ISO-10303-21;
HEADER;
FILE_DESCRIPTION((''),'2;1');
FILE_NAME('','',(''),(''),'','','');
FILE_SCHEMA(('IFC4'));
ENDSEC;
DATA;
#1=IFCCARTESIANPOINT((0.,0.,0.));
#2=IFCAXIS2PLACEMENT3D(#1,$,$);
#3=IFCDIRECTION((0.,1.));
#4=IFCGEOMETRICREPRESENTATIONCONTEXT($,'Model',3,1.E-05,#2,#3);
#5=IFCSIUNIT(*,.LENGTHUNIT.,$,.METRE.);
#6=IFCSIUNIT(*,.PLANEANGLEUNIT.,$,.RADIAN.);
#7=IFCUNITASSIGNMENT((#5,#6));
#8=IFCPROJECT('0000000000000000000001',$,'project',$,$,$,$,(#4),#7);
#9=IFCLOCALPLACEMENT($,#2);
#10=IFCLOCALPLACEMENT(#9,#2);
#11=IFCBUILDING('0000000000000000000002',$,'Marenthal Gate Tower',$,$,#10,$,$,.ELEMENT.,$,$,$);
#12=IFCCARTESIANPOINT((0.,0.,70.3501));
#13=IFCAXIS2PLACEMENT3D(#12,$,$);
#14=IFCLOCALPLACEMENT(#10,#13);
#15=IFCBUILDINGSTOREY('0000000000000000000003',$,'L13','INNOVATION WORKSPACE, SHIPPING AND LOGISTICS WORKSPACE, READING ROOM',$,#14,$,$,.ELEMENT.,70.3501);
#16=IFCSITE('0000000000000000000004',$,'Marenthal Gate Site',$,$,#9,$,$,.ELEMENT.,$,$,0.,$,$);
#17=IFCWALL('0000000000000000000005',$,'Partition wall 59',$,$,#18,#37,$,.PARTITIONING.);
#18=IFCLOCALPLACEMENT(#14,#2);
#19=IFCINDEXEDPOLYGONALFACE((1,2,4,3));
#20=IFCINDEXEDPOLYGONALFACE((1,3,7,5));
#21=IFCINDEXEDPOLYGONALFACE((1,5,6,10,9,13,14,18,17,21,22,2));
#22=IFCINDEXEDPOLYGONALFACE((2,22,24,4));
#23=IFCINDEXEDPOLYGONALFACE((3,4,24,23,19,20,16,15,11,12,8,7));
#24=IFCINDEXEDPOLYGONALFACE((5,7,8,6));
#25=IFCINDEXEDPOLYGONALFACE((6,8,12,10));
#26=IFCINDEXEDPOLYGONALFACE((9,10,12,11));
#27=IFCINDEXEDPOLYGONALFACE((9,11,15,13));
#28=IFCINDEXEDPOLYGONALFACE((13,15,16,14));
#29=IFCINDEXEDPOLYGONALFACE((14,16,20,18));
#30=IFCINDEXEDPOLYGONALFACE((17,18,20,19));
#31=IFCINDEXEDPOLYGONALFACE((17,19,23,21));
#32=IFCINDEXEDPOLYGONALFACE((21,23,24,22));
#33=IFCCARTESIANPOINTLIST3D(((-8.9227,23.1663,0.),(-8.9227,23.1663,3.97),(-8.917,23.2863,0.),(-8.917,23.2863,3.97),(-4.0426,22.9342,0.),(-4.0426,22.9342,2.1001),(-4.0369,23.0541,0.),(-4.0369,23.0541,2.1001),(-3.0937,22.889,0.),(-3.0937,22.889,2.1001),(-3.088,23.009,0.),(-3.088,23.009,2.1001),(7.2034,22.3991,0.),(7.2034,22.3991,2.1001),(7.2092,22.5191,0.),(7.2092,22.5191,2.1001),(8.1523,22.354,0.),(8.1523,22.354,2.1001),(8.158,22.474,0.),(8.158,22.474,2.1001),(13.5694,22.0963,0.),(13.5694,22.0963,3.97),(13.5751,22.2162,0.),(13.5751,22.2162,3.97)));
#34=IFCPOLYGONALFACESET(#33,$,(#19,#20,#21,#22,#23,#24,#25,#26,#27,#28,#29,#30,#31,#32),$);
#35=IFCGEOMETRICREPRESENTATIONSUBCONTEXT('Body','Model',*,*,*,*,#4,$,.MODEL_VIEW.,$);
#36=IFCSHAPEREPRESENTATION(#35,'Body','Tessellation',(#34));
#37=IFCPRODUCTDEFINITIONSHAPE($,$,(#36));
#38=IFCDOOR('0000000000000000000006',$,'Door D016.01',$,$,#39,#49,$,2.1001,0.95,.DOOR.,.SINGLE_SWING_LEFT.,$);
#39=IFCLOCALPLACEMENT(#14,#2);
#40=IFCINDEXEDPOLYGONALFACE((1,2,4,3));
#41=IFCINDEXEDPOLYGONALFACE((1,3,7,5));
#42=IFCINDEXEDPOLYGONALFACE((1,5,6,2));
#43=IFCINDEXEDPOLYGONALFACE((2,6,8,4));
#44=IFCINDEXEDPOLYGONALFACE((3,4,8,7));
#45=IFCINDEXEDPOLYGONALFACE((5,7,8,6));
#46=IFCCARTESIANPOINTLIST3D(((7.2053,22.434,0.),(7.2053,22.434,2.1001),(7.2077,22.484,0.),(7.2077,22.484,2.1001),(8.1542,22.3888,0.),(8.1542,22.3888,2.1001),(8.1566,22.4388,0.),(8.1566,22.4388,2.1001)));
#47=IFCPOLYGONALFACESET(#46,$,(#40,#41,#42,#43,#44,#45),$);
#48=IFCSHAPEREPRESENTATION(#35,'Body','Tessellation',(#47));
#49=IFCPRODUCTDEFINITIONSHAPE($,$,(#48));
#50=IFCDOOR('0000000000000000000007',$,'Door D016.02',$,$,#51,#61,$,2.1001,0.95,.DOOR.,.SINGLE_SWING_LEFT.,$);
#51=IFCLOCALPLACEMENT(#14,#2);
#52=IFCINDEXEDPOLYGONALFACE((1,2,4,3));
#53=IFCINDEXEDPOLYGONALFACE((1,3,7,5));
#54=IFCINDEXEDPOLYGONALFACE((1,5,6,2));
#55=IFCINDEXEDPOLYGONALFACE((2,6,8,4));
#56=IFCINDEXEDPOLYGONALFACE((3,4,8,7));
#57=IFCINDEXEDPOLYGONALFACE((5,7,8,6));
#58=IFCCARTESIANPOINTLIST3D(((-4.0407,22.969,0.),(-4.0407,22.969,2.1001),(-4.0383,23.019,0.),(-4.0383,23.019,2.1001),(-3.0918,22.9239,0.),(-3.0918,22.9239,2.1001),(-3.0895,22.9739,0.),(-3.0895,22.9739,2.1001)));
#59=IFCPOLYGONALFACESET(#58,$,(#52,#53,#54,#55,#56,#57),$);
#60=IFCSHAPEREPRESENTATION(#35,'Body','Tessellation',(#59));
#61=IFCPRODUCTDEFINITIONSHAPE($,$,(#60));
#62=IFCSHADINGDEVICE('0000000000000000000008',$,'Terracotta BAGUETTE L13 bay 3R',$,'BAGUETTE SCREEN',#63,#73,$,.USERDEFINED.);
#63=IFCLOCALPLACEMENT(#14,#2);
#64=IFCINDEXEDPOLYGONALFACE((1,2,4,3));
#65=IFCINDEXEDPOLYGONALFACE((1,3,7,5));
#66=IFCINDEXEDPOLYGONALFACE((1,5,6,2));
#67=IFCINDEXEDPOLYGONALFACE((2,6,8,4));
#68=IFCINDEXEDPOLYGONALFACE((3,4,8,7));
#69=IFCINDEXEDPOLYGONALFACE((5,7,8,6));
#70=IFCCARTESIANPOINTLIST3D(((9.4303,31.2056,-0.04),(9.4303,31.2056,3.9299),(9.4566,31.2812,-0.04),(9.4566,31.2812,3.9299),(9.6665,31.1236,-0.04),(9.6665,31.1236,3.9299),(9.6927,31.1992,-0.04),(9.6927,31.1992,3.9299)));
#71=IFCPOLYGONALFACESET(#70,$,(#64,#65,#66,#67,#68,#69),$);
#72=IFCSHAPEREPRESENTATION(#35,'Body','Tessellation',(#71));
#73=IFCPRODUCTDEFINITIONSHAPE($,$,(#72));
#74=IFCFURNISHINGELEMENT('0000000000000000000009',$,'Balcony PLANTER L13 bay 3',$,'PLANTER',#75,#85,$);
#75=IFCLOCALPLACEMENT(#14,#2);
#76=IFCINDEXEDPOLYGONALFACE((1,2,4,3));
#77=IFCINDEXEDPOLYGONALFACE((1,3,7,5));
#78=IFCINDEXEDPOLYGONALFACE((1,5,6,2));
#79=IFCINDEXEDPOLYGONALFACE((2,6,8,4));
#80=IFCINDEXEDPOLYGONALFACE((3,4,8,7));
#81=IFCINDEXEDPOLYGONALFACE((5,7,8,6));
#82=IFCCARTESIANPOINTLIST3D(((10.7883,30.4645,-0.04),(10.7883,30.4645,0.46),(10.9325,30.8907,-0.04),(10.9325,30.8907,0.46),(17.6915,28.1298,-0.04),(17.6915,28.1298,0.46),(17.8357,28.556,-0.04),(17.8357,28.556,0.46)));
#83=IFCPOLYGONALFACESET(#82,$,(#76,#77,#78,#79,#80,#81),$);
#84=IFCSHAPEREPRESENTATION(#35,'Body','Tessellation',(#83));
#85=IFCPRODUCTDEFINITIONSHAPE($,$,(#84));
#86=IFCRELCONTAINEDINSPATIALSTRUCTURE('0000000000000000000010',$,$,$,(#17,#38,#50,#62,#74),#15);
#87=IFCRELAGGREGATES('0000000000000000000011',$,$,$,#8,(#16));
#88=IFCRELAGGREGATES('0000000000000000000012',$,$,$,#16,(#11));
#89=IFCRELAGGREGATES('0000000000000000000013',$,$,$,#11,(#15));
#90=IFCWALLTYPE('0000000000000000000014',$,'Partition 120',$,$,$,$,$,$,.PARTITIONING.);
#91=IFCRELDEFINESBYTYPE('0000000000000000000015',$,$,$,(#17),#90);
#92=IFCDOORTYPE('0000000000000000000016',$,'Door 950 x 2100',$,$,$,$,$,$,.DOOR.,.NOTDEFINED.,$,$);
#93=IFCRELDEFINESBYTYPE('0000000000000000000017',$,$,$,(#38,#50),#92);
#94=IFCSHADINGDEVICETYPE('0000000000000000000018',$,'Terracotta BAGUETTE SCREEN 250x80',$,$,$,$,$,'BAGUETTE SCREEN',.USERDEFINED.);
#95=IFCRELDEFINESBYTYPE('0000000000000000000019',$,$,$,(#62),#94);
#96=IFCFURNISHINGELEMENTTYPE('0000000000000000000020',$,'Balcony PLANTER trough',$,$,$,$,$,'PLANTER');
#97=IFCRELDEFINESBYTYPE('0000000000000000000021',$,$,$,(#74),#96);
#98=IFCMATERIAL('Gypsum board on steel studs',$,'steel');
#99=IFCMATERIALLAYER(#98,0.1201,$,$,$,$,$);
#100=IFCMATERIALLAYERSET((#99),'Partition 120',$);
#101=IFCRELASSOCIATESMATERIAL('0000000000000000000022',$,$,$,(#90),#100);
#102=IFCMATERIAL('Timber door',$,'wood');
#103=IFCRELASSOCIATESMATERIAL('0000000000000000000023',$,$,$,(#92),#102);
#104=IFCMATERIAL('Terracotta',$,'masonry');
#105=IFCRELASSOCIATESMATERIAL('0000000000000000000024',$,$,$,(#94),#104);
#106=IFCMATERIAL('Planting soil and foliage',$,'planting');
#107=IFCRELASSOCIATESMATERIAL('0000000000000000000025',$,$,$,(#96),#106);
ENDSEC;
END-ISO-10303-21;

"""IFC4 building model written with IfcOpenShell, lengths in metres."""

from ifc_helpers import new_model, si_unit, direction, frame, frame_2d, origin, origin_2d, place, context, subcontext, project, spatial, rectangle, extrude, material, layer, layer_set, material_profile, profile_set, type_object, element, fill, save


model = new_model("IFC4")

# Units and contexts
model_context = context("Model", 3, precision=1e-05, world=origin(), true_north=direction((0.0, 1.0)))
body_context = subcontext(model_context, "Body", "Model", "MODEL_VIEW")
ifc_project = project(units=[si_unit("LENGTHUNIT", "METRE"), si_unit("PLANEANGLEUNIT", "RADIAN")], contexts=[model_context])

# Site, building, storey
site_placement = place(None, origin())
site = spatial("IfcSite", under=ifc_project, at=site_placement, Name="Marenthal Gate Site", CompositionType="ELEMENT", RefElevation=0.0)
building_placement = place(site_placement, origin())
building = spatial("IfcBuilding", under=site, at=building_placement, Name="Marenthal Gate Tower", CompositionType="ELEMENT")
storey_placement = place(building_placement, frame((0.0, 0.0, 70.3501)))
storey = spatial("IfcBuildingStorey", under=building, at=storey_placement, Name="L13", Description="INNOVATION WORKSPACE, SHIPPING AND LOGISTICS WORKSPACE, READING ROOM", CompositionType="ELEMENT", Elevation=70.3501)

# Shared definitions
ifc_material_1 = material(Name="Gypsum board on steel studs", Category="steel")
ifc_layer_1 = layer(ifc_material_1, 0.1201)
ifc_layer_set_1 = layer_set([ifc_layer_1], Name="Partition 120")
wall_type_1 = type_object("IfcWallType", Name="Partition 120", PredefinedType="PARTITIONING", material=ifc_layer_set_1)

# Wall, openings, doors
wall_1_placement = place(storey_placement, frame((13.5723, 22.1562, 0.0), z_axis=(0.0, 0.0, 1.0), x_axis=(-0.99887, 0.047521, 0.0)))
wall_1 = element("IfcWall", 1, at=wall_1_placement, inside=storey, type_object=wall_type_1, Name="Partition wall 59", PredefinedType="PARTITIONING", context=body_context, shape_type="SweptSolid", body=[
    extrude(rectangle(XDim=22.5176, YDim=0.1201, at=frame_2d((11.2588, 0.0))), origin(), (0.0, 0.0, 1.0), 3.97),
])
opening_1_placement = place(wall_1_placement, frame((5.4231, 0.0, 0.0)))
opening_1 = element("IfcOpeningElement", 2, at=opening_1_placement, cuts=wall_1, PredefinedType="OPENING", context=body_context, shape_type="SweptSolid", body=[
    extrude(rectangle(XDim=0.95, YDim=2.1001, at=frame_2d((0.4751, 1.05))), frame((0.0, 0.0701, 0.0), z_axis=(0.0, -1.0, 0.0), x_axis=(1.0, 0.0, 0.0)), (0.0, 0.0, 1.0), 0.1401),
])
opening_2_placement = place(wall_1_placement, frame((16.6819, 0.0, 0.0)))
opening_2 = element("IfcOpeningElement", 3, at=opening_2_placement, cuts=wall_1, PredefinedType="OPENING", context=body_context, shape_type="SweptSolid", body=[
    extrude(rectangle(XDim=0.95, YDim=2.1001, at=frame_2d((0.4751, 1.05))), frame((0.0, 0.0701, 0.0), z_axis=(0.0, -1.0, 0.0), x_axis=(1.0, 0.0, 0.0)), (0.0, 0.0, 1.0), 0.1401),
])
ifc_material_2 = material(Name="Timber door", Category="wood")
door_type_1 = type_object("IfcDoorType", Name="Door 950 x 2100", OperationType="NOTDEFINED", PredefinedType="DOOR", material=ifc_material_2)
door_1_placement = place(opening_1_placement, frame((0.95, 0.0, 0.0), z_axis=(0.0, 0.0, 1.0), x_axis=(-1.0, 0.0, 0.0)))
door_1 = element("IfcDoor", 4, at=door_1_placement, inside=storey, type_object=door_type_1, Name="Door D016.01", OperationType="SINGLE_SWING_LEFT", OverallHeight=2.1001, OverallWidth=0.95, PredefinedType="DOOR", context=body_context, shape_type="SweptSolid", body=[
    extrude(rectangle(XDim=0.95, YDim=2.1001, at=frame_2d((0.4751, 1.05))), frame((0.0, 0.0249, 0.0), z_axis=(0.0, -1.0, 0.0), x_axis=(1.0, 0.0, 0.0)), (0.0, 0.0, 1.0), 0.05),
])
fill(opening_1, door_1)
door_2_placement = place(opening_2_placement, frame((0.95, 0.0, 0.0), z_axis=(0.0, 0.0, 1.0), x_axis=(-1.0, 0.0, 0.0)))
door_2 = element("IfcDoor", 5, at=door_2_placement, inside=storey, type_object=door_type_1, Name="Door D016.02", OperationType="SINGLE_SWING_LEFT", OverallHeight=2.1001, OverallWidth=0.95, PredefinedType="DOOR", context=body_context, shape_type="SweptSolid", body=[
    extrude(rectangle(XDim=0.95, YDim=2.1001, at=frame_2d((0.4751, 1.05))), frame((0.0, 0.0249, 0.0), z_axis=(0.0, -1.0, 0.0), x_axis=(1.0, 0.0, 0.0)), (0.0, 0.0, 1.0), 0.05),
])
fill(opening_2, door_2)

# Shading device
ifc_material_3 = material(Name="Terracotta", Category="masonry")
ifc_material_profile_1 = material_profile(ifc_material_3, rectangle(XDim=0.25, YDim=0.0801, at=origin_2d()), Name="Terracotta baguette 250x80")
ifc_profile_set_1 = profile_set([ifc_material_profile_1], Name="Terracotta")
shading_device_type = type_object("IfcShadingDeviceType", Name="Terracotta BAGUETTE SCREEN 250x80", ElementType="BAGUETTE SCREEN", PredefinedType="USERDEFINED", material=ifc_profile_set_1)
shading_device_placement = place(storey_placement, frame((9.5615, 31.2024, -0.04), z_axis=(0.0, 0.0, 1.0), x_axis=(-0.944657, 0.328061, 0.0)))
element("IfcShadingDevice", 6, at=shading_device_placement, inside=storey, type_object=shading_device_type, Name="Terracotta BAGUETTE L13 bay 3R", ObjectType="BAGUETTE SCREEN", PredefinedType="USERDEFINED", context=body_context, shape_type="SweptSolid", body=[
    extrude(rectangle(XDim=0.25, YDim=0.0801, at=origin_2d()), origin(), (0.0, 0.0, 1.0), 3.97),
])

# Furnishing element
ifc_material_4 = material(Name="Planting soil and foliage", Category="planting")
furnishing_element_type = type_object("IfcFurnishingElementType", Name="Balcony PLANTER trough", ElementType="PLANTER", material=ifc_material_4)
furnishing_placement = place(storey_placement, frame((14.312, 29.5103, -0.04), z_axis=(0.0, 0.0, 1.0), x_axis=(-0.947289, 0.320381, 0.0)))
element("IfcFurnishingElement", 7, at=furnishing_placement, inside=storey, type_object=furnishing_element_type, Name="Balcony PLANTER L13 bay 3", ObjectType="PLANTER", context=body_context, shape_type="SweptSolid", body=[
    extrude(rectangle(XDim=7.2874, YDim=0.45, at=origin_2d()), origin(), (0.0, 0.0, 1.0), 0.5),
])

save(model, "model.ifc")
